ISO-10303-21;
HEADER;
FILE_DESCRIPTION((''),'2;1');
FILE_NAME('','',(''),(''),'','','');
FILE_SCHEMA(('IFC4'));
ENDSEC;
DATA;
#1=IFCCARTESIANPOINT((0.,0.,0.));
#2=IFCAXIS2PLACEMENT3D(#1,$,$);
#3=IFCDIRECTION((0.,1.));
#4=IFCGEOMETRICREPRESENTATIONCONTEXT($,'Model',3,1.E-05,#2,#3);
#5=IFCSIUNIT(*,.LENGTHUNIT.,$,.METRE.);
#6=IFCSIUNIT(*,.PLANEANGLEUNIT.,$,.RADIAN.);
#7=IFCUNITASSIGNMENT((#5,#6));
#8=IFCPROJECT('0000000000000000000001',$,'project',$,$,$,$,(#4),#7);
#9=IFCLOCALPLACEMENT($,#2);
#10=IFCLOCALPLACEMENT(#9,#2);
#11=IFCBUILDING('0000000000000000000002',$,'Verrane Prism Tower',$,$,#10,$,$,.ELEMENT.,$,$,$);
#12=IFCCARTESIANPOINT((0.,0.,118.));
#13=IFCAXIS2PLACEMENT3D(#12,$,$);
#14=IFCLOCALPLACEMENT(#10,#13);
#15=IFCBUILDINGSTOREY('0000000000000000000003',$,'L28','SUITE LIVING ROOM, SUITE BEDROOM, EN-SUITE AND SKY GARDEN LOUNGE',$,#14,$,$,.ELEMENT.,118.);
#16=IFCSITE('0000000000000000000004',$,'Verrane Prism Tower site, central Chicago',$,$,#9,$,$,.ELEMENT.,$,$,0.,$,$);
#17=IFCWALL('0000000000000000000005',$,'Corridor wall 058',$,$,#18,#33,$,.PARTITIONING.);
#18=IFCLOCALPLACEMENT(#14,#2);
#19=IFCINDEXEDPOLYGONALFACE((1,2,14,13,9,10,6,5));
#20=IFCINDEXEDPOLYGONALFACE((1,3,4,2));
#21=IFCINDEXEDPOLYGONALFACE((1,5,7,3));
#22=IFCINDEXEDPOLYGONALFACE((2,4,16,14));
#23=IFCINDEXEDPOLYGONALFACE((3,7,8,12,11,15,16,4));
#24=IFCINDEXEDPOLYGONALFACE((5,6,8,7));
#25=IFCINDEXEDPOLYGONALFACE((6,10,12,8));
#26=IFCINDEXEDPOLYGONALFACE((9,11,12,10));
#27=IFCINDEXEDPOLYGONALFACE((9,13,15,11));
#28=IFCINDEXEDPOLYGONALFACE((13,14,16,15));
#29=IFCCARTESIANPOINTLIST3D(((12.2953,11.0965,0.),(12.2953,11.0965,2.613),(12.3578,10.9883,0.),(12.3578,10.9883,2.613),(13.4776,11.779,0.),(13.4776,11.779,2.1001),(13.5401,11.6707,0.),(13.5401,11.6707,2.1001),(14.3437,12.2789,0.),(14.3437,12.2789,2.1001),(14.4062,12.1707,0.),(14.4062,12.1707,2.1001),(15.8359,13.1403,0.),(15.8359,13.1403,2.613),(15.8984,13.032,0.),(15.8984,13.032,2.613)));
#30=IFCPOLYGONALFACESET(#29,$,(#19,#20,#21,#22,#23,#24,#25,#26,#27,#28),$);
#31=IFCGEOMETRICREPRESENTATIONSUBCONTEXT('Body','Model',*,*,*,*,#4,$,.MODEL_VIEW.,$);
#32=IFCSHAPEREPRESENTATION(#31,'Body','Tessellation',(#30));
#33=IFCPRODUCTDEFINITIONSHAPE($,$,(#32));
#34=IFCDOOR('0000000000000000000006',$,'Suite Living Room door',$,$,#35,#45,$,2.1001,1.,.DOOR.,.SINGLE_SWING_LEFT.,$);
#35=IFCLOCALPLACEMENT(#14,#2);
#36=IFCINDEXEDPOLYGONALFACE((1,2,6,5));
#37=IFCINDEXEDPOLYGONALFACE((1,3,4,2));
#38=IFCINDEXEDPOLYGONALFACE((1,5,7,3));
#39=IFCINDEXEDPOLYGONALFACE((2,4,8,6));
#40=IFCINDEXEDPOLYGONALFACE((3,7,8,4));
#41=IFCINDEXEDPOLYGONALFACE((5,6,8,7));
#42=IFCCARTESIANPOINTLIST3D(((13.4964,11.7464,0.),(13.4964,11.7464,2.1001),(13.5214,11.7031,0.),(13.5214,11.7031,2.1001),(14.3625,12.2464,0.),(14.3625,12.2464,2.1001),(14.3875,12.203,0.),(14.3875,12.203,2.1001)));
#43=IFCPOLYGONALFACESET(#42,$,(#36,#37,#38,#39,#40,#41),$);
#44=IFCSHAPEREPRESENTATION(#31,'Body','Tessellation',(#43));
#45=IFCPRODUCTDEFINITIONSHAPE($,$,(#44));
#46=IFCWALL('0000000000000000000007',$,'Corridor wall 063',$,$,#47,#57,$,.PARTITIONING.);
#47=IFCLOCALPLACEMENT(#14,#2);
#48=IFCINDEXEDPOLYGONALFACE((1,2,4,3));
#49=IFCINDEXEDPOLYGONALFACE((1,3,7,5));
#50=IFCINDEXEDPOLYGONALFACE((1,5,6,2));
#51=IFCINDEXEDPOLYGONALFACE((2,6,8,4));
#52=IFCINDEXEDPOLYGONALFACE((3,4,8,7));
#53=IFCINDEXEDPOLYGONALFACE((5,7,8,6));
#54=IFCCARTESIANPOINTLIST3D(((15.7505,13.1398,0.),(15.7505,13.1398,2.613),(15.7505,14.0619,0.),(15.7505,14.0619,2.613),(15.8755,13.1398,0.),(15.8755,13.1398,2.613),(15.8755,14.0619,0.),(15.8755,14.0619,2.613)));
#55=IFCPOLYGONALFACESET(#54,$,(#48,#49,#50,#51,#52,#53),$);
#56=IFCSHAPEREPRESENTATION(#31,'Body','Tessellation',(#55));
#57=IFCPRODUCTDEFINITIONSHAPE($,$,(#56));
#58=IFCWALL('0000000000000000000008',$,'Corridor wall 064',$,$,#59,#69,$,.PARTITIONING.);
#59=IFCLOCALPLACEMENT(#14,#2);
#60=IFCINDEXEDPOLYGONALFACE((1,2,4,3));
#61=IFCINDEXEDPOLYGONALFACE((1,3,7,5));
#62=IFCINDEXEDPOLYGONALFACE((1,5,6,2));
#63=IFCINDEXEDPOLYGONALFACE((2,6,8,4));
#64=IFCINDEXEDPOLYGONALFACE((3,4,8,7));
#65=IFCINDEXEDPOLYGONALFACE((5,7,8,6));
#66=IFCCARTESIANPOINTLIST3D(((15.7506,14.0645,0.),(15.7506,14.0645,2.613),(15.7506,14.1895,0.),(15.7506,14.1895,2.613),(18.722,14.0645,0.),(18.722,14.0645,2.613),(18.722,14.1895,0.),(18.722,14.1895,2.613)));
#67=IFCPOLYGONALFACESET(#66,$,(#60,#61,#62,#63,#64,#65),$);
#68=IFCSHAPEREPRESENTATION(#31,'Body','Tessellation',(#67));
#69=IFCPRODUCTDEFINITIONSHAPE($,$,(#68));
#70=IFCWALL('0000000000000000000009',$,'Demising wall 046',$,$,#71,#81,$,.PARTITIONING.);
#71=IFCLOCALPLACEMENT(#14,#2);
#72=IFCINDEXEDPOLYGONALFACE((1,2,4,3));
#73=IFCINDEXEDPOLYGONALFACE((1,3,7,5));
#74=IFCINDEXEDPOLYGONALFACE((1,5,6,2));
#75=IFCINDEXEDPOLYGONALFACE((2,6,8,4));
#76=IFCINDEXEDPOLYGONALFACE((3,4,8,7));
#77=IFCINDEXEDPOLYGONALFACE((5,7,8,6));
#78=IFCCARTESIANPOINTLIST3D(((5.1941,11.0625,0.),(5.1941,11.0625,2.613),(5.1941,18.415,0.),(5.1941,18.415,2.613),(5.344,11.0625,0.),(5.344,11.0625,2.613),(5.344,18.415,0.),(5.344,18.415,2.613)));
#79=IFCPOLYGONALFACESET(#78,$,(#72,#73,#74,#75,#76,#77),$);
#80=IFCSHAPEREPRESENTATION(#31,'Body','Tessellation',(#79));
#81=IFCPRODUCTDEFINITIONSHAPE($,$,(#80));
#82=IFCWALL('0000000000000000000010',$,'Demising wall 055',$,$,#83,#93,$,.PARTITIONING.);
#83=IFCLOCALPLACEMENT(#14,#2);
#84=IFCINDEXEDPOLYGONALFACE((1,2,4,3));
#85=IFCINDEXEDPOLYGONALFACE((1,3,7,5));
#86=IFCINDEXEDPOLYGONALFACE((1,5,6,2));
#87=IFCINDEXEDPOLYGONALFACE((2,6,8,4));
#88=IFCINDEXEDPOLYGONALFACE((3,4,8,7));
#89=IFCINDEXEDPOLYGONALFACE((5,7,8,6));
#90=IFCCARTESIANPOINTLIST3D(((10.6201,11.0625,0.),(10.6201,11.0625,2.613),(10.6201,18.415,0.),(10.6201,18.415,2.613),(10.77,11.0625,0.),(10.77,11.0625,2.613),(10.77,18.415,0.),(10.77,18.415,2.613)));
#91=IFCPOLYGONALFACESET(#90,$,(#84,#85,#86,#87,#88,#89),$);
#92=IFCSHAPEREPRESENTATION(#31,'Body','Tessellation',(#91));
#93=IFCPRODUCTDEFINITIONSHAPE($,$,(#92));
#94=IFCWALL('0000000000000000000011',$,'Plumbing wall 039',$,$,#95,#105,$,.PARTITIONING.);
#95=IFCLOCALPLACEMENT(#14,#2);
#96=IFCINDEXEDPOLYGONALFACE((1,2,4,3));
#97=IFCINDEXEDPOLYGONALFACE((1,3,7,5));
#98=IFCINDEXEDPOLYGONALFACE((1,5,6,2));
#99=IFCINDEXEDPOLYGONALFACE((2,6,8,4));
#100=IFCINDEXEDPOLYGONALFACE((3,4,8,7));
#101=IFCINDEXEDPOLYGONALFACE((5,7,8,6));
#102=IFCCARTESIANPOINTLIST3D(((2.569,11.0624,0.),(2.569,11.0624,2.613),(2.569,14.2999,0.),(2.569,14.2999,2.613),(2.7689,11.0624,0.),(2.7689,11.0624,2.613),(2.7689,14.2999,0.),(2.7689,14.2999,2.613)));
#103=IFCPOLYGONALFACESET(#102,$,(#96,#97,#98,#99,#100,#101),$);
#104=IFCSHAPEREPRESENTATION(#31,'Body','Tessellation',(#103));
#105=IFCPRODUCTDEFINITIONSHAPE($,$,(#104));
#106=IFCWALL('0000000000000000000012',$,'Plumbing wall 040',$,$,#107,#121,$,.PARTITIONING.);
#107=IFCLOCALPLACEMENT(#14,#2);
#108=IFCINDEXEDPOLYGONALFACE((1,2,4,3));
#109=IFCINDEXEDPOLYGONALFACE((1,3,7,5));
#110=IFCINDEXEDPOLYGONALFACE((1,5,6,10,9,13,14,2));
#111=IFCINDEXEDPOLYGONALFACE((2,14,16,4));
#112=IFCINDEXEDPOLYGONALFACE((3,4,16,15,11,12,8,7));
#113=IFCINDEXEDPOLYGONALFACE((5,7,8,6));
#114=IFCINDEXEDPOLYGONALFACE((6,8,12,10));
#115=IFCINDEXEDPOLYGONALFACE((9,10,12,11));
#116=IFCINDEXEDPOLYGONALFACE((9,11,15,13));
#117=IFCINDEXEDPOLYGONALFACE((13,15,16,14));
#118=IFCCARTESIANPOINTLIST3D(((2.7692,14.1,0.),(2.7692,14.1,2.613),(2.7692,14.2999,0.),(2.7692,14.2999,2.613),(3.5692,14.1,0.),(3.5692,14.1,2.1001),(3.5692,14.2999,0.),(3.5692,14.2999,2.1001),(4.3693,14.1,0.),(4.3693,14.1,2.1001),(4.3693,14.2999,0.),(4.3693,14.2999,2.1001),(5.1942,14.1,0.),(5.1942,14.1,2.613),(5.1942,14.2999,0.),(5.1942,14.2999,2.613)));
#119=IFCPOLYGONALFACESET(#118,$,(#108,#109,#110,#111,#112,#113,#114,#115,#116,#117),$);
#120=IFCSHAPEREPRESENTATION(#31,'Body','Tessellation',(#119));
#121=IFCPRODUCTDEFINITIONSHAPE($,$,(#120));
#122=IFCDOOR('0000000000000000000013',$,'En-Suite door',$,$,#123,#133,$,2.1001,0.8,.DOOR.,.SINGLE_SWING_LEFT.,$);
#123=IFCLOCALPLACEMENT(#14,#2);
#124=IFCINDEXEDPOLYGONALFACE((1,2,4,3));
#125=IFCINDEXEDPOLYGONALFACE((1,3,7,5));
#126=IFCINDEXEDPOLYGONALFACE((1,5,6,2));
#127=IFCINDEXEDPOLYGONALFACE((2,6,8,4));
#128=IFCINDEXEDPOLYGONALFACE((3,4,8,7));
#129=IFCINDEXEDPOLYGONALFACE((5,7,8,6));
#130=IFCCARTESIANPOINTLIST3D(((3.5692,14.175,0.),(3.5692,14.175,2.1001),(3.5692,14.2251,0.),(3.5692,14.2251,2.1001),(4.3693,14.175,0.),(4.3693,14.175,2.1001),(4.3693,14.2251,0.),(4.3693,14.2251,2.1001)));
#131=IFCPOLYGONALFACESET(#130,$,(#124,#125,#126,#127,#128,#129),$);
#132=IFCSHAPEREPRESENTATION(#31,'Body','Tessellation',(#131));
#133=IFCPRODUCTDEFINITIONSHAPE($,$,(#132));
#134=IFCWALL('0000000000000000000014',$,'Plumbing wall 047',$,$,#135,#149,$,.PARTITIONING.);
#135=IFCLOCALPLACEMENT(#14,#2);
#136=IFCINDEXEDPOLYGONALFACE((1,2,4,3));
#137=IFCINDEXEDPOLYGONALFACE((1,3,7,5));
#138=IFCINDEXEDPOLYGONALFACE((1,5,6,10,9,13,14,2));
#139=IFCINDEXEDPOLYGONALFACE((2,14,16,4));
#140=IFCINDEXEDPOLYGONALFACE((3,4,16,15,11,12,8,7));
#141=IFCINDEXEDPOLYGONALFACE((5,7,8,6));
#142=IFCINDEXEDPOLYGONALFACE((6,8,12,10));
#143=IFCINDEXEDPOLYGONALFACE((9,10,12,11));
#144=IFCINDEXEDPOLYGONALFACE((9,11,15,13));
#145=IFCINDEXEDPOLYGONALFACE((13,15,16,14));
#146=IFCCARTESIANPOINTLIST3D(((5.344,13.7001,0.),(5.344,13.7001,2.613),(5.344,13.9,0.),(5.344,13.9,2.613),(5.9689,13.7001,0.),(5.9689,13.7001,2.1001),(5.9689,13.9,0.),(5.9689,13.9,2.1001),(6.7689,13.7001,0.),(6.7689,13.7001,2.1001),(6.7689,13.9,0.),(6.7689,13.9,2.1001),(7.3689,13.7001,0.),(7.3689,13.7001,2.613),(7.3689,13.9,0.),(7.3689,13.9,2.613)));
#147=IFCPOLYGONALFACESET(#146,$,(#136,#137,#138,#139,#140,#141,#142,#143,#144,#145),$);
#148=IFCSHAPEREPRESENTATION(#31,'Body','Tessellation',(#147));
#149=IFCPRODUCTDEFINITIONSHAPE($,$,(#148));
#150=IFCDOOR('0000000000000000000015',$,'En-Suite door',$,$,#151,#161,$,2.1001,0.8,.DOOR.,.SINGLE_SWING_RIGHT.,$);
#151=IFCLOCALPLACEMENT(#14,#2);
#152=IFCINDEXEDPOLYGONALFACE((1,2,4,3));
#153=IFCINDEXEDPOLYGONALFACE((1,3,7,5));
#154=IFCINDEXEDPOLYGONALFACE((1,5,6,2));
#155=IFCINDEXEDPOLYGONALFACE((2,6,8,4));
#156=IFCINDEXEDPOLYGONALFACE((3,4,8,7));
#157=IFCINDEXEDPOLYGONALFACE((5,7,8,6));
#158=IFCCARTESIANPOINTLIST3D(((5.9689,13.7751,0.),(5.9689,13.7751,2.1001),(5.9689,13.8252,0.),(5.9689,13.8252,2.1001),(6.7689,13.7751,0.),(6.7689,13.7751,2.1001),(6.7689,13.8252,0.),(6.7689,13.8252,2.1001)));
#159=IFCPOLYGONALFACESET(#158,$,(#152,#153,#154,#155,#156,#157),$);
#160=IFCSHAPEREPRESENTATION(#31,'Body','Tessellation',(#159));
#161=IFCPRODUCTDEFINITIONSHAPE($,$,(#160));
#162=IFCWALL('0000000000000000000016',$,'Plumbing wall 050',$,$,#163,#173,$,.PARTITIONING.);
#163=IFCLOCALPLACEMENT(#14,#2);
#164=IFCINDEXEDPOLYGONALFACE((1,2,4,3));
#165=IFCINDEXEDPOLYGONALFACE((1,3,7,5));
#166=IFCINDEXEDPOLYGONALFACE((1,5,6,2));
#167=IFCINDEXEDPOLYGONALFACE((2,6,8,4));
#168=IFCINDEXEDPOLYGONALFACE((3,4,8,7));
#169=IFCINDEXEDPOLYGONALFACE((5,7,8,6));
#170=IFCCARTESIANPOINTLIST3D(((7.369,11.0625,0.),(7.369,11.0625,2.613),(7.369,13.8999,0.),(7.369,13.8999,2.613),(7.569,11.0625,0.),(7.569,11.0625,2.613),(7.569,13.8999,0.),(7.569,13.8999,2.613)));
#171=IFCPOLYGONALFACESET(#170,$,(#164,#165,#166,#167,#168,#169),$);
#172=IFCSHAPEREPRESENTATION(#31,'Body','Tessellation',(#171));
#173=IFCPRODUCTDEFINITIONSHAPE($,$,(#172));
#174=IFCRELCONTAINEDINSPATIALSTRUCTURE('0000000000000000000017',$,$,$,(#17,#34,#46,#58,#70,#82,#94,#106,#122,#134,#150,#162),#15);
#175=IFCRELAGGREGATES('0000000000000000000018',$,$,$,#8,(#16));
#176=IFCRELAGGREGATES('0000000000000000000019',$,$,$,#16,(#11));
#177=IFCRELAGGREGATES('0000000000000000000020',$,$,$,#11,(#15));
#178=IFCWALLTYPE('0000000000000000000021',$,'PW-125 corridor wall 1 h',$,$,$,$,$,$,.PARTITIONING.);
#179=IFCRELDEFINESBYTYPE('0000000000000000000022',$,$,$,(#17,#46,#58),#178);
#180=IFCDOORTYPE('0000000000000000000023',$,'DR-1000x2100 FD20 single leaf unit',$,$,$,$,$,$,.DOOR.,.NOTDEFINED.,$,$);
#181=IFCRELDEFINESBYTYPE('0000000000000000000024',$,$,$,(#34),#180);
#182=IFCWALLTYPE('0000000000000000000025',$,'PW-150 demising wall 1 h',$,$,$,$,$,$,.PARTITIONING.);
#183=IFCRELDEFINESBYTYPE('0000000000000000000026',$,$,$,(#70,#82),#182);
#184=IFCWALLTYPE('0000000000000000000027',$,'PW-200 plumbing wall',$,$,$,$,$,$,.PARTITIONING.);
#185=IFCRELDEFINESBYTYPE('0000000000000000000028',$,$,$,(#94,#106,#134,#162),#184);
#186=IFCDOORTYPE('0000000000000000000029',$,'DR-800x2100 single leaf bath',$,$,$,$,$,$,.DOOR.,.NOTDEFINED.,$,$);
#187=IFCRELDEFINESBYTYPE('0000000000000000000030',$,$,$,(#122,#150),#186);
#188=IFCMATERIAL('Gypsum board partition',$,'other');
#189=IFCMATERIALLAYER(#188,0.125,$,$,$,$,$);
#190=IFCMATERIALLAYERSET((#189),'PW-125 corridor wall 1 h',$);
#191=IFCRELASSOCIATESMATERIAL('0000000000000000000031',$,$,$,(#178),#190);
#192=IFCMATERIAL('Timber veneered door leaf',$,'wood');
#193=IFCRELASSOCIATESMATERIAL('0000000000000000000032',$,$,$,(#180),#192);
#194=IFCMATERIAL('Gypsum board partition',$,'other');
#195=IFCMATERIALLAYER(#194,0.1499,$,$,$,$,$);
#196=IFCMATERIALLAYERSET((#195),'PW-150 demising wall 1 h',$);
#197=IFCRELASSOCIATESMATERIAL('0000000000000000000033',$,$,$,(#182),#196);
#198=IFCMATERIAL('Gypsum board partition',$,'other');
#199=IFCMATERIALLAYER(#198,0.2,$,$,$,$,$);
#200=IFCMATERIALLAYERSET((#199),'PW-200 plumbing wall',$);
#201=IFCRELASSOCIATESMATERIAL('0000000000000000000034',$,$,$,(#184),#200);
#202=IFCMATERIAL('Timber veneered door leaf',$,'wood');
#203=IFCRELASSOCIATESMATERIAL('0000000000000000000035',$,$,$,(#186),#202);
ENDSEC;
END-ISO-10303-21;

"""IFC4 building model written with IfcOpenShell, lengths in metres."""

from ifc_helpers import new_model, si_unit, direction, frame, frame_2d, origin, place, context, subcontext, project, spatial, rectangle, extrude, material, layer, layer_set, type_object, element, fill, save


model = new_model("IFC4")

# Units and contexts
model_context = context("Model", 3, precision=1e-05, world=origin(), true_north=direction((0.0, 1.0)))
body_context = subcontext(model_context, "Body", "Model", "MODEL_VIEW")
ifc_project = project(units=[si_unit("LENGTHUNIT", "METRE"), si_unit("PLANEANGLEUNIT", "RADIAN")], contexts=[model_context])

# Site, building, storey
site_placement = place(None, origin())
site = spatial("IfcSite", under=ifc_project, at=site_placement, Name="Verrane Prism Tower site, central Chicago", CompositionType="ELEMENT", RefElevation=0.0)
building_placement = place(site_placement, origin())
building = spatial("IfcBuilding", under=site, at=building_placement, Name="Verrane Prism Tower", CompositionType="ELEMENT")
storey_placement = place(building_placement, frame((0.0, 0.0, 118.0)))
storey = spatial("IfcBuildingStorey", under=building, at=storey_placement, Name="L28", Description="SUITE LIVING ROOM, SUITE BEDROOM, EN-SUITE AND SKY GARDEN LOUNGE", CompositionType="ELEMENT", Elevation=118.0)

# Wall, opening, door
ifc_material_1 = material(Name="Gypsum board partition", Category="other")
ifc_layer_1 = layer(ifc_material_1, 0.125)
ifc_layer_set_1 = layer_set([ifc_layer_1], Name="PW-125 corridor wall 1 h")
wall_type_1 = type_object("IfcWallType", Name="PW-125 corridor wall 1 h", PredefinedType="PARTITIONING", material=ifc_layer_set_1)
wall_1_placement = place(storey_placement, frame((12.3267, 11.0425, 0.0), z_axis=(0.0, 0.0, 1.0), x_axis=(0.86607, 0.499922, 0.0)))
wall_1 = element("IfcWall", 1, at=wall_1_placement, inside=storey, type_object=wall_type_1, Name="Corridor wall 058", PredefinedType="PARTITIONING", context=body_context, shape_type="SweptSolid", body=[
    extrude(rectangle(XDim=4.0881, YDim=0.125, at=frame_2d((2.0439, 0.0))), origin(), (0.0, 0.0, 1.0), 2.613),
])
opening_1_placement = place(wall_1_placement, frame((1.365, 0.0, 0.0)))
opening_1 = element("IfcOpeningElement", 2, at=opening_1_placement, cuts=wall_1, PredefinedType="OPENING", context=body_context, shape_type="SweptSolid", body=[
    extrude(rectangle(XDim=1.0, YDim=2.1001, at=frame_2d((0.5, 1.05))), frame((0.0, 0.0725, 0.0), z_axis=(0.0, -1.0, 0.0), x_axis=(1.0, 0.0, 0.0)), (0.0, 0.0, 1.0), 0.145),
])
ifc_material_2 = material(Name="Timber veneered door leaf", Category="wood")
door_type_1 = type_object("IfcDoorType", Name="DR-1000x2100 FD20 single leaf unit", OperationType="NOTDEFINED", PredefinedType="DOOR", material=ifc_material_2)
door_1_placement = place(opening_1_placement, origin())
door_1 = element("IfcDoor", 3, at=door_1_placement, inside=storey, type_object=door_type_1, Name="Suite Living Room door", OperationType="SINGLE_SWING_LEFT", OverallHeight=2.1001, OverallWidth=1.0, PredefinedType="DOOR", context=body_context, shape_type="SweptSolid", body=[
    extrude(rectangle(XDim=1.0, YDim=2.1001, at=frame_2d((0.5, 1.05))), frame((0.0, 0.0249, 0.0), z_axis=(0.0, -1.0, 0.0), x_axis=(1.0, 0.0, 0.0)), (0.0, 0.0, 1.0), 0.05),
])
fill(opening_1, door_1)

# Walls
wall_2_placement = place(storey_placement, frame((15.813, 13.1399, 0.0), z_axis=(0.0, 0.0, 1.0), x_axis=(0.0, 1.0, 0.0)))
element("IfcWall", 4, at=wall_2_placement, inside=storey, type_object=wall_type_1, Name="Corridor wall 063", PredefinedType="PARTITIONING", context=body_context, shape_type="SweptSolid", body=[
    extrude(rectangle(XDim=0.9221, YDim=0.125, at=frame_2d((0.4609, 0.0))), origin(), (0.0, 0.0, 1.0), 2.613),
])
wall_3_placement = place(storey_placement, frame((15.7505, 14.127, 0.0), z_axis=(0.0, 0.0, 1.0), x_axis=(1.0, 0.0, 0.0)))
element("IfcWall", 5, at=wall_3_placement, inside=storey, type_object=wall_type_1, Name="Corridor wall 064", PredefinedType="PARTITIONING", context=body_context, shape_type="SweptSolid", body=[
    extrude(rectangle(XDim=2.9714, YDim=0.125, at=frame_2d((1.4858, 0.0))), origin(), (0.0, 0.0, 1.0), 2.613),
])
ifc_material_3 = material(Name="Gypsum board partition", Category="other")
ifc_layer_2 = layer(ifc_material_3, 0.1499)
ifc_layer_set_2 = layer_set([ifc_layer_2], Name="PW-150 demising wall 1 h")
wall_type_2 = type_object("IfcWallType", Name="PW-150 demising wall 1 h", PredefinedType="PARTITIONING", material=ifc_layer_set_2)
for number, where, z_axis, x_axis, name in (
    (6, (5.269, 11.0625, 0.0), (0.0, 0.0, 1.0), (0.0, 1.0, 0.0), "Demising wall 046"),
    (7, (10.6951, 11.0625, 0.0), (0.0, 0.0, 1.0), (0.0, 1.0, 0.0), "Demising wall 055"),
):
    element("IfcWall", number, at=place(storey_placement, frame(where, z_axis=z_axis, x_axis=x_axis)), inside=storey, type_object=wall_type_2, Name=name, PredefinedType="PARTITIONING", context=body_context, shape_type="SweptSolid", body=[
        extrude(rectangle(XDim=7.3525, YDim=0.1499, at=frame_2d((3.6763, 0.0))), origin(), (0.0, 0.0, 1.0), 2.613),
    ])
ifc_material_4 = material(Name="Gypsum board partition", Category="other")
ifc_layer_3 = layer(ifc_material_4, 0.2)
ifc_layer_set_3 = layer_set([ifc_layer_3], Name="PW-200 plumbing wall")
wall_type_3 = type_object("IfcWallType", Name="PW-200 plumbing wall", PredefinedType="PARTITIONING", material=ifc_layer_set_3)
wall_4_placement = place(storey_placement, frame((2.6689, 11.0625, 0.0), z_axis=(0.0, 0.0, 1.0), x_axis=(0.0, 1.0, 0.0)))
element("IfcWall", 8, at=wall_4_placement, inside=storey, type_object=wall_type_3, Name="Plumbing wall 039", PredefinedType="PARTITIONING", context=body_context, shape_type="SweptSolid", body=[
    extrude(rectangle(XDim=3.2375, YDim=0.2, at=frame_2d((1.6187, 0.0))), origin(), (0.0, 0.0, 1.0), 2.613),
])

# Walls, openings, doors
wall_5_placement = place(storey_placement, frame((5.1941, 14.2, 0.0), z_axis=(0.0, 0.0, 1.0), x_axis=(-1.0, 0.0, 0.0)))
wall_5 = element("IfcWall", 9, at=wall_5_placement, inside=storey, type_object=wall_type_3, Name="Plumbing wall 040", PredefinedType="PARTITIONING", context=body_context, shape_type="SweptSolid", body=[
    extrude(rectangle(XDim=2.425, YDim=0.2, at=frame_2d((1.2124, 0.0))), origin(), (0.0, 0.0, 1.0), 2.613),
])
opening_2_placement = place(wall_5_placement, frame((0.825, 0.0, 0.0)))
opening_2 = element("IfcOpeningElement", 10, at=opening_2_placement, cuts=wall_5, PredefinedType="OPENING", context=body_context, shape_type="SweptSolid", body=[
    extrude(rectangle(XDim=0.8, YDim=2.1001, at=frame_2d((0.3999, 1.05))), frame((0.0, 0.1099, 0.0), z_axis=(0.0, -1.0, 0.0), x_axis=(1.0, 0.0, 0.0)), (0.0, 0.0, 1.0), 0.22),
])
ifc_material_5 = material(Name="Timber veneered door leaf", Category="wood")
door_type_2 = type_object("IfcDoorType", Name="DR-800x2100 single leaf bath", OperationType="NOTDEFINED", PredefinedType="DOOR", material=ifc_material_5)
door_2_placement = place(opening_2_placement, origin())
door_2 = element("IfcDoor", 11, at=door_2_placement, inside=storey, type_object=door_type_2, Name="En-Suite door", OperationType="SINGLE_SWING_LEFT", OverallHeight=2.1001, OverallWidth=0.8, PredefinedType="DOOR", context=body_context, shape_type="SweptSolid", body=[
    extrude(rectangle(XDim=0.8, YDim=2.1001, at=frame_2d((0.3999, 1.05))), frame((0.0, 0.0249, 0.0), z_axis=(0.0, -1.0, 0.0), x_axis=(1.0, 0.0, 0.0)), (0.0, 0.0, 1.0), 0.05),
])
fill(opening_2, door_2)
wall_6_placement = place(storey_placement, frame((7.3689, 13.8, 0.0), z_axis=(0.0, 0.0, 1.0), x_axis=(-1.0, 0.0, 0.0)))
wall_6 = element("IfcWall", 12, at=wall_6_placement, inside=storey, type_object=wall_type_3, Name="Plumbing wall 047", PredefinedType="PARTITIONING", context=body_context, shape_type="SweptSolid", body=[
    extrude(rectangle(XDim=2.0249, YDim=0.2, at=frame_2d((1.0125, 0.0))), origin(), (0.0, 0.0, 1.0), 2.613),
])
opening_3_placement = place(wall_6_placement, frame((0.6001, 0.0, 0.0)))
opening_3 = element("IfcOpeningElement", 13, at=opening_3_placement, cuts=wall_6, PredefinedType="OPENING", context=body_context, shape_type="SweptSolid", body=[
    extrude(rectangle(XDim=0.8, YDim=2.1001, at=frame_2d((0.3999, 1.05))), frame((0.0, 0.1099, 0.0), z_axis=(0.0, -1.0, 0.0), x_axis=(1.0, 0.0, 0.0)), (0.0, 0.0, 1.0), 0.22),
])
door_3_placement = place(opening_3_placement, origin())
door_3 = element("IfcDoor", 14, at=door_3_placement, inside=storey, type_object=door_type_2, Name="En-Suite door", OperationType="SINGLE_SWING_RIGHT", OverallHeight=2.1001, OverallWidth=0.8, PredefinedType="DOOR", context=body_context, shape_type="SweptSolid", body=[
    extrude(rectangle(XDim=0.8, YDim=2.1001, at=frame_2d((0.3999, 1.05))), frame((0.0, 0.0249, 0.0), z_axis=(0.0, -1.0, 0.0), x_axis=(1.0, 0.0, 0.0)), (0.0, 0.0, 1.0), 0.05),
])
fill(opening_3, door_3)

# Wall
wall_7_placement = place(storey_placement, frame((7.469, 11.0625, 0.0), z_axis=(0.0, 0.0, 1.0), x_axis=(0.0, 1.0, 0.0)))
element("IfcWall", 15, at=wall_7_placement, inside=storey, type_object=wall_type_3, Name="Plumbing wall 050", PredefinedType="PARTITIONING", context=body_context, shape_type="SweptSolid", body=[
    extrude(rectangle(XDim=2.8374, YDim=0.2, at=frame_2d((1.4187, 0.0))), origin(), (0.0, 0.0, 1.0), 2.613),
])

save(model, "model.ifc")
